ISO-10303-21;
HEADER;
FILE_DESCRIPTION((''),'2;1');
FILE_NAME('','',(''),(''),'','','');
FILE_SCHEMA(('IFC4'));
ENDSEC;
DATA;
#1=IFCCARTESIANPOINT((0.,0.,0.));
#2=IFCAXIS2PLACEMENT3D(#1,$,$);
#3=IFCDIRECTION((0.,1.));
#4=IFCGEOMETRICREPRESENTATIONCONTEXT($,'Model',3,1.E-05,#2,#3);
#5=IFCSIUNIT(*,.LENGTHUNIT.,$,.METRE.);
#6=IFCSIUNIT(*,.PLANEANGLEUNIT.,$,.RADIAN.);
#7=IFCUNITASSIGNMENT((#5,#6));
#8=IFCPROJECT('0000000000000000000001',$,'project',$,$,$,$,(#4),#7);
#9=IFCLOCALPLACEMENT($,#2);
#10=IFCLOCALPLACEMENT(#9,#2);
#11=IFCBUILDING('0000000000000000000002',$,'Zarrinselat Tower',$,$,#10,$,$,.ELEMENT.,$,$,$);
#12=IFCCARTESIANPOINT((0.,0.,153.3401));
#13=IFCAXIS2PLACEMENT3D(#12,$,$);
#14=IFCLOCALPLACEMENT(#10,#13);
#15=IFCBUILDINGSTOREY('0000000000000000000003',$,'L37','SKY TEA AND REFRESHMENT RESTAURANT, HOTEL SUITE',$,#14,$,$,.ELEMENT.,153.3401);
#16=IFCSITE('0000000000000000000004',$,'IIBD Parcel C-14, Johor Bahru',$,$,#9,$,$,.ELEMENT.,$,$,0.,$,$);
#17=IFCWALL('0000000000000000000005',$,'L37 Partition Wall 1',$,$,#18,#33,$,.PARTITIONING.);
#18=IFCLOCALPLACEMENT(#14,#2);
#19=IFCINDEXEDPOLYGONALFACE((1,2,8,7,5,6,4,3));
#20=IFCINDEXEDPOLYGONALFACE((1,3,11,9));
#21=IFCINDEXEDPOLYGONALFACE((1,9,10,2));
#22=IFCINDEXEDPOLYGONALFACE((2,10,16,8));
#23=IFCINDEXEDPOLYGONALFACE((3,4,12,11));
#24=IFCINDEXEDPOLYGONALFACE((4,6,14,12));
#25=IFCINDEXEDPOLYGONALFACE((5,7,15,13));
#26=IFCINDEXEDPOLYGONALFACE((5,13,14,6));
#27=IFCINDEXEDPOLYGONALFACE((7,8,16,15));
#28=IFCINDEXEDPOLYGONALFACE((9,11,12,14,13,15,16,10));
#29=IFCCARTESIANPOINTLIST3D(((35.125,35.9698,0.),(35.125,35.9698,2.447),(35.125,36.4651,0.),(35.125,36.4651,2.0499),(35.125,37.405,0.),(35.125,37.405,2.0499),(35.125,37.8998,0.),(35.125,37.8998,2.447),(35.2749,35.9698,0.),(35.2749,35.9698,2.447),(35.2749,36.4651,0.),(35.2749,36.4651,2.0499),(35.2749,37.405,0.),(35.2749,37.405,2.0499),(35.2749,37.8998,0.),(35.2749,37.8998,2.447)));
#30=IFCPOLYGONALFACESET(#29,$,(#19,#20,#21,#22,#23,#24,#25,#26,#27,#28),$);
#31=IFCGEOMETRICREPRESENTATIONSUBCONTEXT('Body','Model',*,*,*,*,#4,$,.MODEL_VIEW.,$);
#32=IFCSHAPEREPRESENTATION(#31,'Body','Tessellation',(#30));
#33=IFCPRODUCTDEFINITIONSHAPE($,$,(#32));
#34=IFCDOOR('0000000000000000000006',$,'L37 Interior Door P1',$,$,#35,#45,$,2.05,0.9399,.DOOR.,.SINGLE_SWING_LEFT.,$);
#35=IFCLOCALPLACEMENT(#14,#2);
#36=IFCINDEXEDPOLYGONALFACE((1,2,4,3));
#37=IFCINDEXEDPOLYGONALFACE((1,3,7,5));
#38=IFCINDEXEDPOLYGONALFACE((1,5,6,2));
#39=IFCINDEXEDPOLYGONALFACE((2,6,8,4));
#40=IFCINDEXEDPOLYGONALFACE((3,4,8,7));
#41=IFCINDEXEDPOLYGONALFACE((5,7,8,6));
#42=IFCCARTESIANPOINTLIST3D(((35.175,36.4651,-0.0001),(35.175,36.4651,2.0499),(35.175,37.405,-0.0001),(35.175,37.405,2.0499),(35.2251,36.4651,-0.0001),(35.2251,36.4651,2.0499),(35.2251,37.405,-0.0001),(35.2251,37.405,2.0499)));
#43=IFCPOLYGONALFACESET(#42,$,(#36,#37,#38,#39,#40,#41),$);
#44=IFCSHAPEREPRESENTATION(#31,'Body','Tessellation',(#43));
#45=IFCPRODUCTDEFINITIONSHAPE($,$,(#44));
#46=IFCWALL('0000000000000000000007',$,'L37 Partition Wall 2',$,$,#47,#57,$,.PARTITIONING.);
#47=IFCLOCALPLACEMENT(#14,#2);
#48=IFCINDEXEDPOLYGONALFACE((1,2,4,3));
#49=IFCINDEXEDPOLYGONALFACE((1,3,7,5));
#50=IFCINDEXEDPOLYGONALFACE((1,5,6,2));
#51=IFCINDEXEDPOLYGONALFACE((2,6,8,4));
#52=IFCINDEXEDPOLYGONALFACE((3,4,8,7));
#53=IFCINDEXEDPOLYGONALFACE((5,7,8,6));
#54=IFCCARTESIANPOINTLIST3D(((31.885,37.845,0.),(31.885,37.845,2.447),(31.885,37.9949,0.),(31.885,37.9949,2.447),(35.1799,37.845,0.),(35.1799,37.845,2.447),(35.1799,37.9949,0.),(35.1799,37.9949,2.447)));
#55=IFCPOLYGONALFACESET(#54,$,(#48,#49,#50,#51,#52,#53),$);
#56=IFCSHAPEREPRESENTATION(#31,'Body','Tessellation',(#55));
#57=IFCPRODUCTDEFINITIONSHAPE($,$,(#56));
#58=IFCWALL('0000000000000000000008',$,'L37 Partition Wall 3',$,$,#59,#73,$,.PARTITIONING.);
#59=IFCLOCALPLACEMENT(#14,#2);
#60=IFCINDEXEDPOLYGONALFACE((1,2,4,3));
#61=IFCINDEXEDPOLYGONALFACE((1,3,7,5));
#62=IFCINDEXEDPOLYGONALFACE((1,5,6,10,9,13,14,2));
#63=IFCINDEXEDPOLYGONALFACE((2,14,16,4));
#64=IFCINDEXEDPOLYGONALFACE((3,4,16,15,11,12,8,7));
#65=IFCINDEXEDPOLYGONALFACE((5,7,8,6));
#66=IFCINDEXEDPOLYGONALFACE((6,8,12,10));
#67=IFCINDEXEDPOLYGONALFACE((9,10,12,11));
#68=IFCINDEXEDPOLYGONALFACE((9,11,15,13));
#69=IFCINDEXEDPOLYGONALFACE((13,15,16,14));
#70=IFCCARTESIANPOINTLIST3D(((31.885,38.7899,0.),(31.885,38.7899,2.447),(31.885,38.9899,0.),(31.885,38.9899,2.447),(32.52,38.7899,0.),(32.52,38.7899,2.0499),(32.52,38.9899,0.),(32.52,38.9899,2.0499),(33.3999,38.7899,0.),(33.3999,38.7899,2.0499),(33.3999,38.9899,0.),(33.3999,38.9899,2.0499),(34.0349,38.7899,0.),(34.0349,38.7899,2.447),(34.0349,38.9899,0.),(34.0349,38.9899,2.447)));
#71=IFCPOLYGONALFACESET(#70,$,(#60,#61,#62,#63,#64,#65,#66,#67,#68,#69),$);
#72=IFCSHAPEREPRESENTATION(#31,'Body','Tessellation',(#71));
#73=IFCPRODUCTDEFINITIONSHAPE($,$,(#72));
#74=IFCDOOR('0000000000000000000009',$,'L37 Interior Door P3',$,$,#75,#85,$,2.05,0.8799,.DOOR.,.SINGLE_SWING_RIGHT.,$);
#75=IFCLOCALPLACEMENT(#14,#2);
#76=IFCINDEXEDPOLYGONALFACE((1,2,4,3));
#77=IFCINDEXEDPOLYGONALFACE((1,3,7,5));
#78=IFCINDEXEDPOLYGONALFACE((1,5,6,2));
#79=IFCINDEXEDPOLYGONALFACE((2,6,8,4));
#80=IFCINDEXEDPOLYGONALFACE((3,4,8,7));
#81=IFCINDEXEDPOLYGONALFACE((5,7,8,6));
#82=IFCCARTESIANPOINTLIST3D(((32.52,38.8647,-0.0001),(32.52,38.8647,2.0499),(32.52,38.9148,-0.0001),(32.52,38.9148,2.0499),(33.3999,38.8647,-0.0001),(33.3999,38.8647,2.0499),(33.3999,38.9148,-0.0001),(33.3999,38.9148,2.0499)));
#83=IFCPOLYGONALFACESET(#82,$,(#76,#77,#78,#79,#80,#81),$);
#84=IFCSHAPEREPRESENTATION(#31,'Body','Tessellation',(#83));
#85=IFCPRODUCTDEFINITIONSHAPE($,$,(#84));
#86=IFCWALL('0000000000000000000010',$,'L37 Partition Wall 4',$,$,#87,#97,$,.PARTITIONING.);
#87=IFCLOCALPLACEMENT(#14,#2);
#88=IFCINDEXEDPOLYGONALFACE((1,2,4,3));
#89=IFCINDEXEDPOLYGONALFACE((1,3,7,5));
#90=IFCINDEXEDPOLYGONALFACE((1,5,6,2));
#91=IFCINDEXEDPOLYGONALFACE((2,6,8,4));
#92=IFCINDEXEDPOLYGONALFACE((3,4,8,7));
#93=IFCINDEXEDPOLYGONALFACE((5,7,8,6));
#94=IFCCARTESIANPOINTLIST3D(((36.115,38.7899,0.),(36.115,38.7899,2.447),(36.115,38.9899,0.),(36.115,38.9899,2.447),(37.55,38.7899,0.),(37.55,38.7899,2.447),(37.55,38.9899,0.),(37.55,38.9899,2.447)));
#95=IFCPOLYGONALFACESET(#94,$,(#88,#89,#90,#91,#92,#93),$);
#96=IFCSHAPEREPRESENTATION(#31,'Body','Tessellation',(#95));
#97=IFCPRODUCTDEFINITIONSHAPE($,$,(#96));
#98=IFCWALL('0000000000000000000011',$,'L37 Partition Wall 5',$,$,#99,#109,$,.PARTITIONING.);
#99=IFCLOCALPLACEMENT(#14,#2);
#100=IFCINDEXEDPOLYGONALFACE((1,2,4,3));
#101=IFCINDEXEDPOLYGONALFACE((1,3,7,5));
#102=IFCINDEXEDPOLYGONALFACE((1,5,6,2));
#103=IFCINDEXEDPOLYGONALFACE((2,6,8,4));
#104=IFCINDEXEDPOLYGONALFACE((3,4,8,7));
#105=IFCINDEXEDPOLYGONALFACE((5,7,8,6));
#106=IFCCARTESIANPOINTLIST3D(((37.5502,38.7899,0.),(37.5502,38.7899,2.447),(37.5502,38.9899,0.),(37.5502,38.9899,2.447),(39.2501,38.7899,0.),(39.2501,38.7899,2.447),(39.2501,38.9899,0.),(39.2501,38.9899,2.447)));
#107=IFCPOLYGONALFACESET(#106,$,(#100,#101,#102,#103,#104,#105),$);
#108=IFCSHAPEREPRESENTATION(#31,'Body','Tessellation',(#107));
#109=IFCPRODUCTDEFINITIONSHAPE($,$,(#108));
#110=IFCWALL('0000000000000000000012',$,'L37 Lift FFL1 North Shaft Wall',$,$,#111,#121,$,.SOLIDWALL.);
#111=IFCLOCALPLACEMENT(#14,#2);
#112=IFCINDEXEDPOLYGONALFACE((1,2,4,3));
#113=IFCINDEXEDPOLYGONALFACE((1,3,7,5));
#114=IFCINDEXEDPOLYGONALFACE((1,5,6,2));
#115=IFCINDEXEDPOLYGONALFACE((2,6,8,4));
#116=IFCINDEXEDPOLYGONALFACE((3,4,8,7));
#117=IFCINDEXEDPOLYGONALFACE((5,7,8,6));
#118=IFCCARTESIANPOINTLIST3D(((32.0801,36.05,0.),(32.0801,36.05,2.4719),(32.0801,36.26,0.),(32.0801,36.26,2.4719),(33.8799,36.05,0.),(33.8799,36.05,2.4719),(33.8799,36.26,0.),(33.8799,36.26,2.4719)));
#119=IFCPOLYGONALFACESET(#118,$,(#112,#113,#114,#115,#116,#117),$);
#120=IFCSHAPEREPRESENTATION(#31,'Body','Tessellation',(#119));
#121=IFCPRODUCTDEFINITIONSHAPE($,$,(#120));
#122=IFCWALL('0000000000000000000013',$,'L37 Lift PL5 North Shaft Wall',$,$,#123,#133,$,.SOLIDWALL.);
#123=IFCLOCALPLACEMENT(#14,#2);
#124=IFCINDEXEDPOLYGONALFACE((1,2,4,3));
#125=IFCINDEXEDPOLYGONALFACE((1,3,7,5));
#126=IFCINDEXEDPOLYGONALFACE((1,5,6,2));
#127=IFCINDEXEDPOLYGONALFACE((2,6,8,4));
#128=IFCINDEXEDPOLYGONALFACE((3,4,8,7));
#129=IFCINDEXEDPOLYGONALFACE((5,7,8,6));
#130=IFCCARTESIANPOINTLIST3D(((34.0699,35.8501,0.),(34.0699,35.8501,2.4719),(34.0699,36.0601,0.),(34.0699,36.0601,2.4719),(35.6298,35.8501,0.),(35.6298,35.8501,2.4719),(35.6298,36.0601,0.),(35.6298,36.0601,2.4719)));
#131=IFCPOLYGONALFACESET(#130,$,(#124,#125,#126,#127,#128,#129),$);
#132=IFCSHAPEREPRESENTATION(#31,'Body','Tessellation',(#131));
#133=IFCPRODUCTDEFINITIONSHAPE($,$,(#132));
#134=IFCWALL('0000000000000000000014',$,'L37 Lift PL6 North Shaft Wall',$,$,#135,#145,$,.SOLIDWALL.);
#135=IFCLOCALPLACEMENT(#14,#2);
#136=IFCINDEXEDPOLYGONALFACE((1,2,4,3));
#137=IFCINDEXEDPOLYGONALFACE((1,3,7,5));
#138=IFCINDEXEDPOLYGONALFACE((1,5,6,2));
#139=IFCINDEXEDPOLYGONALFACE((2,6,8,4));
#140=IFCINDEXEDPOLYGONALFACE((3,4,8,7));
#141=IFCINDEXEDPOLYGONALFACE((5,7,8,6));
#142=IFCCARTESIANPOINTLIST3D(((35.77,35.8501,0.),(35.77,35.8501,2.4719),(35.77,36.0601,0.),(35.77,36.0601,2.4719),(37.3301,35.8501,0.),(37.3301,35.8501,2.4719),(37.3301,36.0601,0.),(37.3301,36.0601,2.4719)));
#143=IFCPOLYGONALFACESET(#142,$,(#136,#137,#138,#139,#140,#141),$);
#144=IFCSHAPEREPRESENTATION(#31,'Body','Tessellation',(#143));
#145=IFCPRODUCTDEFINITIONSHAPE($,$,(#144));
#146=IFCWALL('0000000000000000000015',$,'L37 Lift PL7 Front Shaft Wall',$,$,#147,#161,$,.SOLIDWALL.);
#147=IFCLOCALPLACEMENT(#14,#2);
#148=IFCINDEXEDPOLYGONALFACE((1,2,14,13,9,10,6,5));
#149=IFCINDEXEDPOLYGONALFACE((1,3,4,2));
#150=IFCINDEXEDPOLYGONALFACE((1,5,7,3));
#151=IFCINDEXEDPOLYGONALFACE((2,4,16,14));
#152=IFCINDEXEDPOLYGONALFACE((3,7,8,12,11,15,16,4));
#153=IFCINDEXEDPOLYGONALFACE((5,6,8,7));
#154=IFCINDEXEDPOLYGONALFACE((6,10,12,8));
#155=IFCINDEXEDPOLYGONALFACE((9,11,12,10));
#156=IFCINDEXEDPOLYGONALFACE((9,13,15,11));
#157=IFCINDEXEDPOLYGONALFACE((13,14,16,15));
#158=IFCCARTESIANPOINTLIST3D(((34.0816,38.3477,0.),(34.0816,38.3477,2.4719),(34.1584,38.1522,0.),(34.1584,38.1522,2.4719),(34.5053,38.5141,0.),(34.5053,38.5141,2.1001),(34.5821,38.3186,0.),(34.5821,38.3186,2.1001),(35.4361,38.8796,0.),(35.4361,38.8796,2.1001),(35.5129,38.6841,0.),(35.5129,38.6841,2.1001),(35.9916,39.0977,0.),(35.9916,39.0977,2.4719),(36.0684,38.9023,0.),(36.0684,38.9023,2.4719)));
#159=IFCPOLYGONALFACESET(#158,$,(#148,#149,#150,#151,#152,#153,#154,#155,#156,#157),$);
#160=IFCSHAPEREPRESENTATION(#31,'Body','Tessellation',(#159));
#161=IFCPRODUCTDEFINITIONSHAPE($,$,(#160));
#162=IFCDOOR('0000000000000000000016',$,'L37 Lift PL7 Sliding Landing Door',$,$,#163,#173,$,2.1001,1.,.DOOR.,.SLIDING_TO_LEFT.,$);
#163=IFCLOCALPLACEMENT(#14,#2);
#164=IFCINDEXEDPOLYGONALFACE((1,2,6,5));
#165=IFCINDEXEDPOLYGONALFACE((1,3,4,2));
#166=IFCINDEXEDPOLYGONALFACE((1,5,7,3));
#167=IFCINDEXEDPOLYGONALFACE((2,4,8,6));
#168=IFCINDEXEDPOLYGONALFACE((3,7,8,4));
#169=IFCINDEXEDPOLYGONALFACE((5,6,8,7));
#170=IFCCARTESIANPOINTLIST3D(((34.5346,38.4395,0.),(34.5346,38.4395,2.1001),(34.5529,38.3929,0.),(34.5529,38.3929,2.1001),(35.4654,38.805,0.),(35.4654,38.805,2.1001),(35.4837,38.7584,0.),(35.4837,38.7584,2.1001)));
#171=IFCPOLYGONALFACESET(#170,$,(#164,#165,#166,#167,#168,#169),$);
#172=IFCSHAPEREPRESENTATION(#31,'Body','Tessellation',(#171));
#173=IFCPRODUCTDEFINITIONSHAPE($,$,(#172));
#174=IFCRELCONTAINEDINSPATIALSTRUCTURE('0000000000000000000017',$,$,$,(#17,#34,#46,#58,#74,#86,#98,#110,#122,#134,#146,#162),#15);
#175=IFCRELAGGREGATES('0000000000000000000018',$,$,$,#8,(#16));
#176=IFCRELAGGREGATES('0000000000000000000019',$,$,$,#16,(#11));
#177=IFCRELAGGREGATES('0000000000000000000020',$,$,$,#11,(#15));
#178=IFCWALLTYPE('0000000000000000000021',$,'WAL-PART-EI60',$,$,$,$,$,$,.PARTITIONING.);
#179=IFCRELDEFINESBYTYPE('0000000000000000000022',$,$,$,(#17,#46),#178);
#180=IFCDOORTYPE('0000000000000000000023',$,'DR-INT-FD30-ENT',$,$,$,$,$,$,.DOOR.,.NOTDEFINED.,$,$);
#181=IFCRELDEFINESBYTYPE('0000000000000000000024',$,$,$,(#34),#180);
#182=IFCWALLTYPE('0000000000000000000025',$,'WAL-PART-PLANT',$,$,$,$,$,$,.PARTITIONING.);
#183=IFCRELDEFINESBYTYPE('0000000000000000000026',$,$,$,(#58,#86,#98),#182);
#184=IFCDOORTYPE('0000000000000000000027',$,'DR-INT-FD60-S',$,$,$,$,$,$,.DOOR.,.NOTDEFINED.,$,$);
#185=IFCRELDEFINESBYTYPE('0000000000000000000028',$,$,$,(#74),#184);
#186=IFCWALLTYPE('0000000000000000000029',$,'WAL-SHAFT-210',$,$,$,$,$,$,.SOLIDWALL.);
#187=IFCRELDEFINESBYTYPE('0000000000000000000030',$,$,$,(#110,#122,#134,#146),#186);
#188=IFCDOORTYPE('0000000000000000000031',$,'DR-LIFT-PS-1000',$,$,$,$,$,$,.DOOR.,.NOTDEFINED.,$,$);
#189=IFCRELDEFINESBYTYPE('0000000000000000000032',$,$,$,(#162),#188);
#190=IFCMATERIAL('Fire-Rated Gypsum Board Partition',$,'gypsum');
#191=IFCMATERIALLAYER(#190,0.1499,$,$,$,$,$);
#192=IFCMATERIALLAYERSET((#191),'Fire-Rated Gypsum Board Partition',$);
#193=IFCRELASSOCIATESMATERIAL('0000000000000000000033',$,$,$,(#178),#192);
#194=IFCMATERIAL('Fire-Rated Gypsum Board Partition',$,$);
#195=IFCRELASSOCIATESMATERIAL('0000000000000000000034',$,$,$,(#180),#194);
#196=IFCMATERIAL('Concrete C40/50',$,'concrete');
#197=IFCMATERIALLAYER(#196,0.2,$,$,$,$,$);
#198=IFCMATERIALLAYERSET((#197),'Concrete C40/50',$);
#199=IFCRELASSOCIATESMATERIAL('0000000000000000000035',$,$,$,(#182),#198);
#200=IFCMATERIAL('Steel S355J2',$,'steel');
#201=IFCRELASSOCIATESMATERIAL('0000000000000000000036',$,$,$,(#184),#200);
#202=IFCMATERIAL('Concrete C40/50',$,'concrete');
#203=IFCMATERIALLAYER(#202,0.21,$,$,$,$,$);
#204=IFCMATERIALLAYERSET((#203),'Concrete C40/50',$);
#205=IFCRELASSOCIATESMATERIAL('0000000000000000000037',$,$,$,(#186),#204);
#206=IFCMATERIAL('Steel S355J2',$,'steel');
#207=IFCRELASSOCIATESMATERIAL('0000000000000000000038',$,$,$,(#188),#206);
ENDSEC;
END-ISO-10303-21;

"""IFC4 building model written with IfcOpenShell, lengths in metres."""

from ifc_helpers import new_model, si_unit, direction, frame, frame_2d, origin, place, context, subcontext, project, spatial, rectangle, extrude, material, layer, layer_set, type_object, element, fill, save


model = new_model("IFC4")

# Units and contexts
model_context = context("Model", 3, precision=1e-05, world=origin(), true_north=direction((0.0, 1.0)))
body_context = subcontext(model_context, "Body", "Model", "MODEL_VIEW")
ifc_project = project(units=[si_unit("LENGTHUNIT", "METRE"), si_unit("PLANEANGLEUNIT", "RADIAN")], contexts=[model_context])

# Site, building, storey
site_placement = place(None, origin())
site = spatial("IfcSite", under=ifc_project, at=site_placement, Name="IIBD Parcel C-14, Johor Bahru", CompositionType="ELEMENT", RefElevation=0.0)
building_placement = place(site_placement, origin())
building = spatial("IfcBuilding", under=site, at=building_placement, Name="Zarrinselat Tower", CompositionType="ELEMENT")
storey_placement = place(building_placement, frame((0.0, 0.0, 153.3401)))
storey = spatial("IfcBuildingStorey", under=building, at=storey_placement, Name="L37", Description="SKY TEA AND REFRESHMENT RESTAURANT, HOTEL SUITE", CompositionType="ELEMENT", Elevation=153.3401)

# Wall, opening, door
ifc_material_1 = material(Name="Fire-Rated Gypsum Board Partition", Category="gypsum")
ifc_layer_1 = layer(ifc_material_1, 0.1499)
ifc_layer_set_1 = layer_set([ifc_layer_1], Name="Fire-Rated Gypsum Board Partition")
wall_type_1 = type_object("IfcWallType", Name="WAL-PART-EI60", PredefinedType="PARTITIONING", material=ifc_layer_set_1)
wall_1_placement = place(storey_placement, frame((35.2, 35.97, 0.0), z_axis=(0.0, 0.0, 1.0), x_axis=(0.0, 1.0, 0.0)))
wall_1 = element("IfcWall", 1, at=wall_1_placement, inside=storey, type_object=wall_type_1, Name="L37 Partition Wall 1", PredefinedType="PARTITIONING", context=body_context, shape_type="SweptSolid", body=[
    extrude(rectangle(XDim=1.9299, YDim=0.1499, at=frame_2d((0.9648, 0.0))), origin(), (0.0, 0.0, 1.0), 2.447),
])
opening_1_placement = place(wall_1_placement, frame((0.4951, 0.0, 0.0)))
opening_1 = element("IfcOpeningElement", 2, at=opening_1_placement, cuts=wall_1, PredefinedType="OPENING", context=body_context, shape_type="SweptSolid", body=[
    extrude(rectangle(XDim=0.9399, YDim=2.05, at=frame_2d((0.47, 1.0249))), frame((0.0, 0.085, 0.0), z_axis=(0.0, -1.0, 0.0), x_axis=(1.0, 0.0, 0.0)), (0.0, 0.0, 1.0), 0.1699),
])
ifc_material_2 = material(Name="Fire-Rated Gypsum Board Partition")
door_type_1 = type_object("IfcDoorType", Name="DR-INT-FD30-ENT", OperationType="NOTDEFINED", PredefinedType="DOOR", material=ifc_material_2)
door_1_placement = place(opening_1_placement, origin())
door_1 = element("IfcDoor", 3, at=door_1_placement, inside=storey, type_object=door_type_1, Name="L37 Interior Door P1", OperationType="SINGLE_SWING_LEFT", OverallHeight=2.05, OverallWidth=0.9399, PredefinedType="DOOR", context=body_context, shape_type="SweptSolid", body=[
    extrude(rectangle(XDim=0.9399, YDim=2.05, at=frame_2d((0.47, 1.0249))), frame((0.0, 0.0249, 0.0), z_axis=(0.0, -1.0, 0.0), x_axis=(1.0, 0.0, 0.0)), (0.0, 0.0, 1.0), 0.05),
])
fill(opening_1, door_1)

# Wall
wall_2_placement = place(storey_placement, frame((31.885, 37.9199, 0.0), z_axis=(0.0, 0.0, 1.0), x_axis=(1.0, 0.0, 0.0)))
element("IfcWall", 4, at=wall_2_placement, inside=storey, type_object=wall_type_1, Name="L37 Partition Wall 2", PredefinedType="PARTITIONING", context=body_context, shape_type="SweptSolid", body=[
    extrude(rectangle(XDim=3.2949, YDim=0.1499, at=frame_2d((1.6475, 0.0))), origin(), (0.0, 0.0, 1.0), 2.447),
])

# Wall, opening, door
ifc_material_3 = material(Name="Concrete C40/50", Category="concrete")
ifc_layer_2 = layer(ifc_material_3, 0.2)
ifc_layer_set_2 = layer_set([ifc_layer_2], Name="Concrete C40/50")
wall_type_2 = type_object("IfcWallType", Name="WAL-PART-PLANT", PredefinedType="PARTITIONING", material=ifc_layer_set_2)
wall_3_placement = place(storey_placement, frame((31.885, 38.8899, 0.0), z_axis=(0.0, 0.0, 1.0), x_axis=(1.0, 0.0, 0.0)))
wall_3 = element("IfcWall", 5, at=wall_3_placement, inside=storey, type_object=wall_type_2, Name="L37 Partition Wall 3", PredefinedType="PARTITIONING", context=body_context, shape_type="SweptSolid", body=[
    extrude(rectangle(XDim=2.1499, YDim=0.2, at=frame_2d((1.075, 0.0))), origin(), (0.0, 0.0, 1.0), 2.447),
])
opening_2_placement = place(wall_3_placement, frame((0.635, 0.0, 0.0)))
opening_2 = element("IfcOpeningElement", 6, at=opening_2_placement, cuts=wall_3, PredefinedType="OPENING", context=body_context, shape_type="SweptSolid", body=[
    extrude(rectangle(XDim=0.8799, YDim=2.05, at=frame_2d((0.4399, 1.0249))), frame((0.0, 0.1099, 0.0), z_axis=(0.0, -1.0, 0.0), x_axis=(1.0, 0.0, 0.0)), (0.0, 0.0, 1.0), 0.22),
])
ifc_material_4 = material(Name="Steel S355J2", Category="steel")
door_type_2 = type_object("IfcDoorType", Name="DR-INT-FD60-S", OperationType="NOTDEFINED", PredefinedType="DOOR", material=ifc_material_4)
door_2_placement = place(opening_2_placement, origin())
door_2 = element("IfcDoor", 7, at=door_2_placement, inside=storey, type_object=door_type_2, Name="L37 Interior Door P3", OperationType="SINGLE_SWING_RIGHT", OverallHeight=2.05, OverallWidth=0.8799, PredefinedType="DOOR", context=body_context, shape_type="SweptSolid", body=[
    extrude(rectangle(XDim=0.8799, YDim=2.05, at=frame_2d((0.4399, 1.0249))), frame((0.0, 0.0249, 0.0), z_axis=(0.0, -1.0, 0.0), x_axis=(1.0, 0.0, 0.0)), (0.0, 0.0, 1.0), 0.05),
])
fill(opening_2, door_2)

# Walls
wall_4_placement = place(storey_placement, frame((36.115, 38.8899, 0.0), z_axis=(0.0, 0.0, 1.0), x_axis=(1.0, 0.0, 0.0)))
element("IfcWall", 8, at=wall_4_placement, inside=storey, type_object=wall_type_2, Name="L37 Partition Wall 4", PredefinedType="PARTITIONING", context=body_context, shape_type="SweptSolid", body=[
    extrude(rectangle(XDim=1.4351, YDim=0.2, at=frame_2d((0.7175, 0.0))), origin(), (0.0, 0.0, 1.0), 2.447),
])
wall_5_placement = place(storey_placement, frame((37.55, 38.8899, 0.0), z_axis=(0.0, 0.0, 1.0), x_axis=(1.0, 0.0, 0.0)))
element("IfcWall", 9, at=wall_5_placement, inside=storey, type_object=wall_type_2, Name="L37 Partition Wall 5", PredefinedType="PARTITIONING", context=body_context, shape_type="SweptSolid", body=[
    extrude(rectangle(XDim=1.7, YDim=0.2, at=frame_2d((0.8501, 0.0))), origin(), (0.0, 0.0, 1.0), 2.447),
])
ifc_material_5 = material(Name="Concrete C40/50", Category="concrete")
ifc_layer_3 = layer(ifc_material_5, 0.21)
ifc_layer_set_3 = layer_set([ifc_layer_3], Name="Concrete C40/50")
wall_type_3 = type_object("IfcWallType", Name="WAL-SHAFT-210", PredefinedType="SOLIDWALL", material=ifc_layer_set_3)
wall_6_placement = place(storey_placement, frame((32.0801, 36.155, 0.0), z_axis=(0.0, 0.0, 1.0), x_axis=(1.0, 0.0, 0.0)))
element("IfcWall", 10, at=wall_6_placement, inside=storey, type_object=wall_type_3, Name="L37 Lift FFL1 North Shaft Wall", PredefinedType="SOLIDWALL", context=body_context, shape_type="SweptSolid", body=[
    extrude(rectangle(XDim=1.7998, YDim=0.21, at=frame_2d((0.8999, 0.0))), origin(), (0.0, 0.0, 1.0), 2.4719),
])
wall_7_placement = place(storey_placement, frame((34.0701, 35.9551, 0.0), z_axis=(0.0, 0.0, 1.0), x_axis=(1.0, 0.0, 0.0)))
element("IfcWall", 11, at=wall_7_placement, inside=storey, type_object=wall_type_3, Name="L37 Lift PL5 North Shaft Wall", PredefinedType="SOLIDWALL", context=body_context, shape_type="SweptSolid", body=[
    extrude(rectangle(XDim=1.5598, YDim=0.21, at=frame_2d((0.7798, 0.0))), origin(), (0.0, 0.0, 1.0), 2.4719),
])
wall_8_placement = place(storey_placement, frame((35.77, 35.9551, 0.0), z_axis=(0.0, 0.0, 1.0), x_axis=(1.0, 0.0, 0.0)))
element("IfcWall", 12, at=wall_8_placement, inside=storey, type_object=wall_type_3, Name="L37 Lift PL6 North Shaft Wall", PredefinedType="SOLIDWALL", context=body_context, shape_type="SweptSolid", body=[
    extrude(rectangle(XDim=1.5601, YDim=0.21, at=frame_2d((0.78, 0.0))), origin(), (0.0, 0.0, 1.0), 2.4719),
])

# Wall, opening, door
wall_9_placement = place(storey_placement, frame((34.1201, 38.25, 0.0), z_axis=(0.0, 0.0, 1.0), x_axis=(0.930805, 0.365516, 0.0)))
wall_9 = element("IfcWall", 13, at=wall_9_placement, inside=storey, type_object=wall_type_3, Name="L37 Lift PL7 Front Shaft Wall", PredefinedType="SOLIDWALL", context=body_context, shape_type="SweptSolid", body=[
    extrude(rectangle(XDim=2.052, YDim=0.21, at=frame_2d((1.0259, 0.0))), origin(), (0.0, 0.0, 1.0), 2.4719),
])
opening_3_placement = place(wall_9_placement, frame((0.4551, 0.0, 0.0)))
opening_3 = element("IfcOpeningElement", 14, at=opening_3_placement, cuts=wall_9, PredefinedType="OPENING", context=body_context, shape_type="SweptSolid", body=[
    extrude(rectangle(XDim=1.0, YDim=2.1001, at=frame_2d((0.5, 1.05))), frame((0.0, 0.115, 0.0), z_axis=(0.0, -1.0, 0.0), x_axis=(1.0, 0.0, 0.0)), (0.0, 0.0, 1.0), 0.23),
])
ifc_material_6 = material(Name="Steel S355J2", Category="steel")
door_type_3 = type_object("IfcDoorType", Name="DR-LIFT-PS-1000", OperationType="NOTDEFINED", PredefinedType="DOOR", material=ifc_material_6)
door_3_placement = place(opening_3_placement, origin())
door_3 = element("IfcDoor", 15, at=door_3_placement, inside=storey, type_object=door_type_3, Name="L37 Lift PL7 Sliding Landing Door", OperationType="SLIDING_TO_LEFT", OverallHeight=2.1001, OverallWidth=1.0, PredefinedType="DOOR", context=body_context, shape_type="SweptSolid", body=[
    extrude(rectangle(XDim=1.0, YDim=2.1001, at=frame_2d((0.5, 1.05))), frame((0.0, 0.0249, 0.0), z_axis=(0.0, -1.0, 0.0), x_axis=(1.0, 0.0, 0.0)), (0.0, 0.0, 1.0), 0.05),
])
fill(opening_3, door_3)

save(model, "model.ifc")
